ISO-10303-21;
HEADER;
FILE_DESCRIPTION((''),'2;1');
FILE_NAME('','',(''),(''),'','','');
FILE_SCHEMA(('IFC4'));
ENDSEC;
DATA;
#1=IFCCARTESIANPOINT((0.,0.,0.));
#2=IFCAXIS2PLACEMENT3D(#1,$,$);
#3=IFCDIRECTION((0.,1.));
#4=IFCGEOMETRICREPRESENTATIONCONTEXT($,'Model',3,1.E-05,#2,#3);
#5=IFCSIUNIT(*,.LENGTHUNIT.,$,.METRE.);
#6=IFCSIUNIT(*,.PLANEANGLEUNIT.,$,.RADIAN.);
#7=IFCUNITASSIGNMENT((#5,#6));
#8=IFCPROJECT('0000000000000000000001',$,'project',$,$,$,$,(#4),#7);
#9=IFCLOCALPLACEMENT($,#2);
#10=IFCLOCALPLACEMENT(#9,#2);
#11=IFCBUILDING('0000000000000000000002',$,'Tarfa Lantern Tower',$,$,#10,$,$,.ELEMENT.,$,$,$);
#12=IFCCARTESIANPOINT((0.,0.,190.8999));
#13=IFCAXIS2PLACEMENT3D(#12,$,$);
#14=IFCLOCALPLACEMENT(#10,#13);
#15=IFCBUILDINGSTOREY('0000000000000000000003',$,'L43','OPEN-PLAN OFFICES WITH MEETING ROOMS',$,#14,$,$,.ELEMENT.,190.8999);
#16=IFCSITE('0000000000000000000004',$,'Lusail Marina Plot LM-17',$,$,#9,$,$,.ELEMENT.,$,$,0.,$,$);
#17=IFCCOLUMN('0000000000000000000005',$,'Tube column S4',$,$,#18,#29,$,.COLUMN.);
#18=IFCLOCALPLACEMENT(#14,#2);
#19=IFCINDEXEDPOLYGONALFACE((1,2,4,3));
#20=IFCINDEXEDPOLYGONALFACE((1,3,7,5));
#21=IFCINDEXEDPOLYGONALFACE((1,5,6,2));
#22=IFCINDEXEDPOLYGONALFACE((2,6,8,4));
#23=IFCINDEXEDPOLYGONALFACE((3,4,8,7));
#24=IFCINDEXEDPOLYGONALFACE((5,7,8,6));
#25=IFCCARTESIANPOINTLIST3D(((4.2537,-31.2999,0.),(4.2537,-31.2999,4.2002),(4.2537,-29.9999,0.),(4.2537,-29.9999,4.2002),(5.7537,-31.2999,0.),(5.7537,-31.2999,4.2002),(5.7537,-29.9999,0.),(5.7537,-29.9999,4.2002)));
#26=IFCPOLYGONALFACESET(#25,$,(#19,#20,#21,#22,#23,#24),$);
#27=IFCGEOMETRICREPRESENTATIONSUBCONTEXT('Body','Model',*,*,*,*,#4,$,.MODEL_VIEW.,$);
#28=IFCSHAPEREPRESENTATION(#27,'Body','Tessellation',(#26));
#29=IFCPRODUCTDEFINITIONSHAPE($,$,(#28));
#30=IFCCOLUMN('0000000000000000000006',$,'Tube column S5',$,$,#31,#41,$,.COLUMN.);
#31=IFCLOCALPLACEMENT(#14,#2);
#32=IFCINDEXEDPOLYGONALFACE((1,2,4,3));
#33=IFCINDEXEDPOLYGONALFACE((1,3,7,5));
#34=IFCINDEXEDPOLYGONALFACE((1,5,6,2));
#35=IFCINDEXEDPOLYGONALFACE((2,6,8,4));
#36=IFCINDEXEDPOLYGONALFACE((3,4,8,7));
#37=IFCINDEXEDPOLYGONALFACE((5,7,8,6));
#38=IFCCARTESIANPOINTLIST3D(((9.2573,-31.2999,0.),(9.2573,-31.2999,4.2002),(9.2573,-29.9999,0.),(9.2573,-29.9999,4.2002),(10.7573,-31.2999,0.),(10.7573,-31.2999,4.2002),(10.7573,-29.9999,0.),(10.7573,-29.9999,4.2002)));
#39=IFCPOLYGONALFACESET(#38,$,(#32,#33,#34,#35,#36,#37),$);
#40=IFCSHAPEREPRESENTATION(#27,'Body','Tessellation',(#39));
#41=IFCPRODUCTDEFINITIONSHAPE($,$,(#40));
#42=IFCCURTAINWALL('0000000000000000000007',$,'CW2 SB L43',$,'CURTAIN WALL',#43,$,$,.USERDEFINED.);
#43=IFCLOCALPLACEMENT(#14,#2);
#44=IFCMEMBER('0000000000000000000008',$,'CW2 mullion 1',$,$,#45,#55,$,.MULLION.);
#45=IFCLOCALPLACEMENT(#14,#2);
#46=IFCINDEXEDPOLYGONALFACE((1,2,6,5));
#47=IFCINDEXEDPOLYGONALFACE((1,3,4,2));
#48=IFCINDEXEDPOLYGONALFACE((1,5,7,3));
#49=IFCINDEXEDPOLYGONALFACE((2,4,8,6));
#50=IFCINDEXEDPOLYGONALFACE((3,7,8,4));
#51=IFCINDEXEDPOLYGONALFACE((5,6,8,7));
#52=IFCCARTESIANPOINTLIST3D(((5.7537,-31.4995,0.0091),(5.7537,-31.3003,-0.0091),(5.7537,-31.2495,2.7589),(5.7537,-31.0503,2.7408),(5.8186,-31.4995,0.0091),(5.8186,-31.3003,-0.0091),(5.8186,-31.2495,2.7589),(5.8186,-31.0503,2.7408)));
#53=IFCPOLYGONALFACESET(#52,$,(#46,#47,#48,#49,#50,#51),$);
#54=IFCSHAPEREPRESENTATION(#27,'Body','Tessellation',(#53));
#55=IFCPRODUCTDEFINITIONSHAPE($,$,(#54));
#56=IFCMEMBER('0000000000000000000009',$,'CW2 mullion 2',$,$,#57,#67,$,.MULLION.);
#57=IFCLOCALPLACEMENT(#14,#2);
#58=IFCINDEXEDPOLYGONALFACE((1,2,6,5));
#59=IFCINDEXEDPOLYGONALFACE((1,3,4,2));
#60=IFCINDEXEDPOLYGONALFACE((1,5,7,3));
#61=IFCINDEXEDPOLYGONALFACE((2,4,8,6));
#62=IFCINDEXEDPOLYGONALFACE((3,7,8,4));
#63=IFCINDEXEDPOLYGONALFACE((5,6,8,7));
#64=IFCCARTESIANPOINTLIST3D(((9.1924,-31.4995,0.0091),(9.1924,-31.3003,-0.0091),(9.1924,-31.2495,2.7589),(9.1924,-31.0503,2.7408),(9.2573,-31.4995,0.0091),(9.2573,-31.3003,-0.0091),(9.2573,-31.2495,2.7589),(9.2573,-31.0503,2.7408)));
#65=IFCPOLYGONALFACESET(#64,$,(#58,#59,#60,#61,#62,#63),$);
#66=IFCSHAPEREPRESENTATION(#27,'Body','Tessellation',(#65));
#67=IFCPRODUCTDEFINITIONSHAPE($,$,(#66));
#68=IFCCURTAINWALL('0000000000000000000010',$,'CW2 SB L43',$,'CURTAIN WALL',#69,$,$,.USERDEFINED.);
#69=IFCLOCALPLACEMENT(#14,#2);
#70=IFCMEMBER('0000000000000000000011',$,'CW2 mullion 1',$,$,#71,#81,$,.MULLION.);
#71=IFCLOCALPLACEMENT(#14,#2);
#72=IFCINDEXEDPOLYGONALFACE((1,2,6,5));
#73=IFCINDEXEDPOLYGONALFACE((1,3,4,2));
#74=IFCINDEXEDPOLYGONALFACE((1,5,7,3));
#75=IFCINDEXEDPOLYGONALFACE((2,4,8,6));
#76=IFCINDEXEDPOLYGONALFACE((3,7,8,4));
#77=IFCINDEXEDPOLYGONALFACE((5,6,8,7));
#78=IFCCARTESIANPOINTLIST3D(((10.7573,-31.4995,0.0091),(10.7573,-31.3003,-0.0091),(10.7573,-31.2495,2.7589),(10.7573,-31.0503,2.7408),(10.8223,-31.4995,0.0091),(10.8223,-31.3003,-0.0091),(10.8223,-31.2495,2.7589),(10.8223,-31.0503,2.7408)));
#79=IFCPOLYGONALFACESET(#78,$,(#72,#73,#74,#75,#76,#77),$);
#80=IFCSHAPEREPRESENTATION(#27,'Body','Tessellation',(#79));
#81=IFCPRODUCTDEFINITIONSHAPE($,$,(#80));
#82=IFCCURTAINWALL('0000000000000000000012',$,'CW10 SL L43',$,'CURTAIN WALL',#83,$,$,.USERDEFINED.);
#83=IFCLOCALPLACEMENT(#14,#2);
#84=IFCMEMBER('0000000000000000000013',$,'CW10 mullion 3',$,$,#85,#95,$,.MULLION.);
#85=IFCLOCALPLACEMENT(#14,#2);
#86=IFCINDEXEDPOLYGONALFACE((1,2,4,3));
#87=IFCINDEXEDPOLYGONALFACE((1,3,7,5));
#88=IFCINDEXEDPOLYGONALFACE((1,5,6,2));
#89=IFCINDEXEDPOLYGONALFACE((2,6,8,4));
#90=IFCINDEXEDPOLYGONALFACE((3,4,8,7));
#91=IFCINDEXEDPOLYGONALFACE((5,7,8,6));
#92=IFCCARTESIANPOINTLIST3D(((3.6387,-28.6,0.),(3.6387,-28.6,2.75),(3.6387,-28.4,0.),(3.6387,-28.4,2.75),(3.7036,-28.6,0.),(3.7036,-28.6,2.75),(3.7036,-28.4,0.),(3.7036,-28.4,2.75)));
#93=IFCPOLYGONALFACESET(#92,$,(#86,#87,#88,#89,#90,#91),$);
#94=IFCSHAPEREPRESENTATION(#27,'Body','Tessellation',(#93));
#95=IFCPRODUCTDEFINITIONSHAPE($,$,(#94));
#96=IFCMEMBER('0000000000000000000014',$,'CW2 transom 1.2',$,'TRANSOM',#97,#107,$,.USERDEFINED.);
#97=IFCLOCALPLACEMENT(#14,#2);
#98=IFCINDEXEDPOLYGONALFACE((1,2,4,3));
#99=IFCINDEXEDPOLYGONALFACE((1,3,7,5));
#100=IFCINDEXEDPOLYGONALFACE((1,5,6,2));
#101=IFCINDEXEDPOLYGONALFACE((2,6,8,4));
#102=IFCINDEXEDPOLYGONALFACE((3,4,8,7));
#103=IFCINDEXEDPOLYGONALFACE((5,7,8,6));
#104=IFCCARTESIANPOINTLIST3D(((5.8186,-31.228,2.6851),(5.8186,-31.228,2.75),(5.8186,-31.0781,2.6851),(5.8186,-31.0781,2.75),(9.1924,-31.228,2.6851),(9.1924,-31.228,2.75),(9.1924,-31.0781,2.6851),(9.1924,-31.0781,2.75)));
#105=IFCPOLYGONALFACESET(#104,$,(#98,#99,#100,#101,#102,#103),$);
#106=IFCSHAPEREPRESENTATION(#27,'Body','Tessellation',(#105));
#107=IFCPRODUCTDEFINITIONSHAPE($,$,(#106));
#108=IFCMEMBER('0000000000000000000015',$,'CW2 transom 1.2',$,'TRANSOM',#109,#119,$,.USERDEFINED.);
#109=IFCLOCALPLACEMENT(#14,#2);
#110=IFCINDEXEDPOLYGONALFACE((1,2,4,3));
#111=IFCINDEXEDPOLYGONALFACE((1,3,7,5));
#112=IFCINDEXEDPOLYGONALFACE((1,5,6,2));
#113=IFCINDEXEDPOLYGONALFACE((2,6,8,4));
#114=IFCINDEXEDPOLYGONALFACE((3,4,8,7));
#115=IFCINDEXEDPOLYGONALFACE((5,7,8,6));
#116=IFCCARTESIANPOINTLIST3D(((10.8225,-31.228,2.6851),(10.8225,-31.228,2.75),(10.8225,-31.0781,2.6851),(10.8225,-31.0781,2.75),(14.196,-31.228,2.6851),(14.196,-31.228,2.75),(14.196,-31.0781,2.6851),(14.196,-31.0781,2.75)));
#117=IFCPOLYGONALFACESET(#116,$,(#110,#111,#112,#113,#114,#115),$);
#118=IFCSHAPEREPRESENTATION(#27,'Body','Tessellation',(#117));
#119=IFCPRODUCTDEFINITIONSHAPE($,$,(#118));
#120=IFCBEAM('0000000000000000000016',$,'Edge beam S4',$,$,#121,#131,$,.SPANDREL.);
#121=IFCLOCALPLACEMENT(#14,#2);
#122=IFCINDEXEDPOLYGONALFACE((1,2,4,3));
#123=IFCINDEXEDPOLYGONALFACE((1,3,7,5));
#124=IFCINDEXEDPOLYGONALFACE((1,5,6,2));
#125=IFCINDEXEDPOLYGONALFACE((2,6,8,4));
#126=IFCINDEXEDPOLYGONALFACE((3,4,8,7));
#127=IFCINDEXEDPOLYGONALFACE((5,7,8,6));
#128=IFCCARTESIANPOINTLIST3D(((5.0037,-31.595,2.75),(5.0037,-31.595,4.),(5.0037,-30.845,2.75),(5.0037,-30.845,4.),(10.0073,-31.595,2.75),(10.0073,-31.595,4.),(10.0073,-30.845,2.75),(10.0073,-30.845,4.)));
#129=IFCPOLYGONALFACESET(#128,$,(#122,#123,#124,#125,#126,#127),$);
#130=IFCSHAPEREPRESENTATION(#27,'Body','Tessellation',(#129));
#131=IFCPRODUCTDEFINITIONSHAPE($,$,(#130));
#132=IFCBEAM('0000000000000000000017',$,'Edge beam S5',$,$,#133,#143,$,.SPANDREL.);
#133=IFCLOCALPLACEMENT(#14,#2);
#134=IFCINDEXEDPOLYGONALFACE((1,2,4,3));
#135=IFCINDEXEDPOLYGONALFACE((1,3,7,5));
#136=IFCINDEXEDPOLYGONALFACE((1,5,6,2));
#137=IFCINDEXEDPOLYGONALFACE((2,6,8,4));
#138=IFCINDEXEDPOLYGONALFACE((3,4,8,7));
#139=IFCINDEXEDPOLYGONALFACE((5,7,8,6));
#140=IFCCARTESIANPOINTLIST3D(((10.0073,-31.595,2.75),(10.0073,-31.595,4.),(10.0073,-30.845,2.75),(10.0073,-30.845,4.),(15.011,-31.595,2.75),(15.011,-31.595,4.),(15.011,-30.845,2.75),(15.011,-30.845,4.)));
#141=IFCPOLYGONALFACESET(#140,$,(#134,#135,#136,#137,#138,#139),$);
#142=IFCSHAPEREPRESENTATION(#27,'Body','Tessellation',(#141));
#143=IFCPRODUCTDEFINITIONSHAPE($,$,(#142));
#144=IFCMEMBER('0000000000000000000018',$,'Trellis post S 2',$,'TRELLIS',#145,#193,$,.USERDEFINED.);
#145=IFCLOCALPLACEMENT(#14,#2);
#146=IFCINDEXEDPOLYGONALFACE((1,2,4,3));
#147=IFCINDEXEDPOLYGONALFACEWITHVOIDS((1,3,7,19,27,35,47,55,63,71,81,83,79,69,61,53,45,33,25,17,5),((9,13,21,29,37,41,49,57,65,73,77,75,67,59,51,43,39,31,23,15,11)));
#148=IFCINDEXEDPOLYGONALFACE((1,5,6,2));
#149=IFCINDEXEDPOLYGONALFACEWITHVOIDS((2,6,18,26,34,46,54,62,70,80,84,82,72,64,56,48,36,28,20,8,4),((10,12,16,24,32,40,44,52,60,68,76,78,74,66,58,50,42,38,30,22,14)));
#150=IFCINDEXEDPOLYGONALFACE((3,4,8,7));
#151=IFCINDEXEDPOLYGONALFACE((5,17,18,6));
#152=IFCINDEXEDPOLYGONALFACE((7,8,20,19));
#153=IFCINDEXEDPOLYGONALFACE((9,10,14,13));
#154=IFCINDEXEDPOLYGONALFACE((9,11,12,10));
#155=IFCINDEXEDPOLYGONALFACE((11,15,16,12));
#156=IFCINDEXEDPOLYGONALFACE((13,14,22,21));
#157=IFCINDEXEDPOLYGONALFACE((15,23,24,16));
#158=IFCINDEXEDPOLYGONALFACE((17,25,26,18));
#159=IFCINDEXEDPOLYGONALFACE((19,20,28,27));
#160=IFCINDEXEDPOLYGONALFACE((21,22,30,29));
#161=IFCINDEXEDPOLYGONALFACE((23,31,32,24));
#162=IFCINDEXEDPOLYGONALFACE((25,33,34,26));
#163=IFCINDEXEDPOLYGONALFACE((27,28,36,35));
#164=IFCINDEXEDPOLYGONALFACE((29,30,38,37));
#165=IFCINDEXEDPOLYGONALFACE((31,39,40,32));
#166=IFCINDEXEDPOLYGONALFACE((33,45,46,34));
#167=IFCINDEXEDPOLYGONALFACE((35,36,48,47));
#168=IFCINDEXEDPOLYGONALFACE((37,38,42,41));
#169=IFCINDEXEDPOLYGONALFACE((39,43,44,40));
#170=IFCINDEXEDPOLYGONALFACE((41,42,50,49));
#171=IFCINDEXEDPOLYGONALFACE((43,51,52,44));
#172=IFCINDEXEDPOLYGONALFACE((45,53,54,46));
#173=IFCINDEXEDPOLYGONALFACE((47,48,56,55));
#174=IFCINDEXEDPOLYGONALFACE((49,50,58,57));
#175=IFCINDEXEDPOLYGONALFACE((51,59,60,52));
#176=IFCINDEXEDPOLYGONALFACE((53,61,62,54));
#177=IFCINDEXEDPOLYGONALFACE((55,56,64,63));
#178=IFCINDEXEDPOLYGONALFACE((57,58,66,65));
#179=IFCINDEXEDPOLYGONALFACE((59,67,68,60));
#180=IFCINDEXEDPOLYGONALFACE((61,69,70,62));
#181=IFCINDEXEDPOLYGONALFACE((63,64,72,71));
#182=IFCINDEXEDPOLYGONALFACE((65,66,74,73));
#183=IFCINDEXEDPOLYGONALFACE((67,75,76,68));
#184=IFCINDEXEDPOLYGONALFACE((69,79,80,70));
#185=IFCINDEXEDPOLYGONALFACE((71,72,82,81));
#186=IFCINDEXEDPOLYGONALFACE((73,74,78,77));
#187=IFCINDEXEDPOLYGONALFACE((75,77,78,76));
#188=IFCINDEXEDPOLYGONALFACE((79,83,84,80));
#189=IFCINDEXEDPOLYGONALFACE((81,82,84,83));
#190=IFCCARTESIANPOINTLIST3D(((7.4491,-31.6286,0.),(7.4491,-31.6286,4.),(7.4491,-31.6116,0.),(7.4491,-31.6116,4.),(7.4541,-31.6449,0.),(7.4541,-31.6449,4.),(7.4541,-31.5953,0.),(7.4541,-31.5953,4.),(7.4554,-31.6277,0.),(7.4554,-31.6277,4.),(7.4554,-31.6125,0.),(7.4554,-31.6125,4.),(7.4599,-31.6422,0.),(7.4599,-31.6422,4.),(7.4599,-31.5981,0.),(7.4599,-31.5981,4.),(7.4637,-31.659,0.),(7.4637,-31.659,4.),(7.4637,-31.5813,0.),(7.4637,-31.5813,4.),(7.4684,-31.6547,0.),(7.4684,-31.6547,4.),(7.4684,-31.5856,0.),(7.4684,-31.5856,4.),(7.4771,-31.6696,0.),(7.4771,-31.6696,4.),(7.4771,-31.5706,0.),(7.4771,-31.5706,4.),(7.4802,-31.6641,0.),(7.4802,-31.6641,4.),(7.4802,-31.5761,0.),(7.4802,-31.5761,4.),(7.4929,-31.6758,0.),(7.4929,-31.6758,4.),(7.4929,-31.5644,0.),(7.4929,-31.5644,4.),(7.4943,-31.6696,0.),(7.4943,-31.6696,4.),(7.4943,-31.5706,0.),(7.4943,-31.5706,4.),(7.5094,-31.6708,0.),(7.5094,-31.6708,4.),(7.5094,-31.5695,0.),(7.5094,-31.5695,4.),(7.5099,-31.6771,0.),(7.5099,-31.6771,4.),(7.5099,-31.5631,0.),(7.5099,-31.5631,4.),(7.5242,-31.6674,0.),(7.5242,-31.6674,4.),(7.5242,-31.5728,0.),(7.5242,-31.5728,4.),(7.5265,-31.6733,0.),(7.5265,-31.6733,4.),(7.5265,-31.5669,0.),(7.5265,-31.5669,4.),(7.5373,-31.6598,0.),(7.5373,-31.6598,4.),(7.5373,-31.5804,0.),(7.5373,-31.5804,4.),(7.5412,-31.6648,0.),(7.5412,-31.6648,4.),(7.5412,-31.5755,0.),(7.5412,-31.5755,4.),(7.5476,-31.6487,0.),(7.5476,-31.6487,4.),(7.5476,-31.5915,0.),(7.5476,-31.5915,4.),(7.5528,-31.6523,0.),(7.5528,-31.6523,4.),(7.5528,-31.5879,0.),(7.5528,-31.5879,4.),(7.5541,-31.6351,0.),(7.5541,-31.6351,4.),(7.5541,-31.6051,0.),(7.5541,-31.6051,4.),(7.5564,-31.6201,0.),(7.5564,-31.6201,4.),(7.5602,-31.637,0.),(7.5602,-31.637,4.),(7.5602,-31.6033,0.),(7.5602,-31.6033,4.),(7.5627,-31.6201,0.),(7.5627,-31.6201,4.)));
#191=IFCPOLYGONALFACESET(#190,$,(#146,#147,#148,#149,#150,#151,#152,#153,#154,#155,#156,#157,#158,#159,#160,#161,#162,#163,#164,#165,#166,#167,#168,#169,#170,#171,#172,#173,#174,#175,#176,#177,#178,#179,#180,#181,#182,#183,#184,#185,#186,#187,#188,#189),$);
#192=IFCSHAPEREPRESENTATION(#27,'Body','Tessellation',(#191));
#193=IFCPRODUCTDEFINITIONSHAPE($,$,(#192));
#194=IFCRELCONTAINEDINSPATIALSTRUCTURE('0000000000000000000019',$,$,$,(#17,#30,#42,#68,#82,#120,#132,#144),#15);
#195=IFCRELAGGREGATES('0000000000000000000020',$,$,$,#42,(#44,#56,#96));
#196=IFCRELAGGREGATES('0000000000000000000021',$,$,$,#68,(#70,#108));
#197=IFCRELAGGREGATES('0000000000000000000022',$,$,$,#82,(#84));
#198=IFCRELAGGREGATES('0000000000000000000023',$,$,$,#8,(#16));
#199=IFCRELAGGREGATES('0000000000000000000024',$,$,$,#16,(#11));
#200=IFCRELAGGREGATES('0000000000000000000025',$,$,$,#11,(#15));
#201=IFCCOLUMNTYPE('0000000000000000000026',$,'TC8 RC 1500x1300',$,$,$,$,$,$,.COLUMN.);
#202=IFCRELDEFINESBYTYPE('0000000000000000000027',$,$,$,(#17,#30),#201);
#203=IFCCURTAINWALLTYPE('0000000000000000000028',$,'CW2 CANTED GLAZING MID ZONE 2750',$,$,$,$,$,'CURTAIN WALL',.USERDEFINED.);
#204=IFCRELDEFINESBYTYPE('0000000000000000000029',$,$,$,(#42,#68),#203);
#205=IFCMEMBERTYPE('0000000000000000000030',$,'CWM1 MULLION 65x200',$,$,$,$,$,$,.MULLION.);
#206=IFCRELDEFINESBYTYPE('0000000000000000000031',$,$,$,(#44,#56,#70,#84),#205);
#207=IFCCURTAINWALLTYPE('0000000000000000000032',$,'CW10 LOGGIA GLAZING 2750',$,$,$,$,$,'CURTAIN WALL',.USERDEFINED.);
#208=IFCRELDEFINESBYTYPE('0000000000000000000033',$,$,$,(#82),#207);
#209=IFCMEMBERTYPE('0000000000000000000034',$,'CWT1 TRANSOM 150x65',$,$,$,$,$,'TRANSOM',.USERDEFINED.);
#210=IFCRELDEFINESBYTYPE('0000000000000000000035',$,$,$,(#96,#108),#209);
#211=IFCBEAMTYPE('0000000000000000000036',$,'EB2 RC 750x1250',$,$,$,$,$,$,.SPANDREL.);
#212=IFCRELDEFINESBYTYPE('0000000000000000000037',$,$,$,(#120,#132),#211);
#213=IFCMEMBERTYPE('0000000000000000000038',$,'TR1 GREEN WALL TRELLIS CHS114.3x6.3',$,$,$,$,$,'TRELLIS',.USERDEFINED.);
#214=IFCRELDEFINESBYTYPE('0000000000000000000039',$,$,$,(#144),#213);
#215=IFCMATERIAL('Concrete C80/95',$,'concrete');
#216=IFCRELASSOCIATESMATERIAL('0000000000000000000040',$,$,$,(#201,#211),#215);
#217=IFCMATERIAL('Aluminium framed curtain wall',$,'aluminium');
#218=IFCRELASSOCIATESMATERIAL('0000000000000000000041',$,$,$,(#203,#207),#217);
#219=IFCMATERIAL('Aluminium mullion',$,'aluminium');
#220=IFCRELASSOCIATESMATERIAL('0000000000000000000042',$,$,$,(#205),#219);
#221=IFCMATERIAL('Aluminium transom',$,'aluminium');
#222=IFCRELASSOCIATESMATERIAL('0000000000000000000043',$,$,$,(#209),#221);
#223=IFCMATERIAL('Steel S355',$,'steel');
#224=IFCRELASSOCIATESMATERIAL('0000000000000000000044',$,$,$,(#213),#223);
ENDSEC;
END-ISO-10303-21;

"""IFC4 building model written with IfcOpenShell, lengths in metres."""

from ifc_helpers import new_model, si_unit, direction, frame, origin, origin_2d, place, context, subcontext, project, spatial, rectangle, hollow_circle, extrude, material, material_profile, profile_set, type_object, element, aggregate, save


model = new_model("IFC4")

# Units and contexts
model_context = context("Model", 3, precision=1e-05, world=origin(), true_north=direction((0.0, 1.0)))
body_context = subcontext(model_context, "Body", "Model", "MODEL_VIEW")
ifc_project = project(units=[si_unit("LENGTHUNIT", "METRE"), si_unit("PLANEANGLEUNIT", "RADIAN")], contexts=[model_context])

# Site, building, storey
site_placement = place(None, origin())
site = spatial("IfcSite", under=ifc_project, at=site_placement, Name="Lusail Marina Plot LM-17", CompositionType="ELEMENT", RefElevation=0.0)
building_placement = place(site_placement, origin())
building = spatial("IfcBuilding", under=site, at=building_placement, Name="Tarfa Lantern Tower", CompositionType="ELEMENT")
storey_placement = place(building_placement, frame((0.0, 0.0, 190.8999)))
storey = spatial("IfcBuildingStorey", under=building, at=storey_placement, Name="L43", Description="OPEN-PLAN OFFICES WITH MEETING ROOMS", CompositionType="ELEMENT", Elevation=190.8999)

# Columns
ifc_material_1 = material(Name="Concrete C80/95", Category="concrete")
ifc_material_profile_1 = material_profile(ifc_material_1, rectangle(XDim=1.5, YDim=1.3, at=origin_2d()), Name="RC 1500x1300")
ifc_profile_set_1 = profile_set([ifc_material_profile_1], Name="Concrete C80/95")
column_type = type_object("IfcColumnType", Name="TC8 RC 1500x1300", PredefinedType="COLUMN", material=ifc_profile_set_1)
for number, where, z_axis, x_axis, name in (
    (1, (5.0037, -30.6499, 0.0), (0.0, 0.0, 1.0), (1.0, 0.0, 0.0), "Tube column S4"),
    (2, (10.0073, -30.6499, 0.0), (0.0, 0.0, 1.0), (1.0, 0.0, 0.0), "Tube column S5"),
):
    element("IfcColumn", number, at=place(storey_placement, frame(where, z_axis=z_axis, x_axis=x_axis)), inside=storey, type_object=column_type, Name=name, PredefinedType="COLUMN", context=body_context, shape_type="SweptSolid", body=[
        extrude(rectangle(XDim=1.5, YDim=1.3, at=origin_2d()), origin(), (0.0, 0.0, 1.0), 4.2002),
    ])

# Curtain wall, members
ifc_material_2 = material(Name="Aluminium framed curtain wall", Category="aluminium")
curtain_wall_type_1 = type_object("IfcCurtainWallType", Name="CW2 CANTED GLAZING MID ZONE 2750", ElementType="CURTAIN WALL", PredefinedType="USERDEFINED", material=ifc_material_2)
curtain_wall_1_placement = place(storey_placement, origin())
curtain_wall_1 = element("IfcCurtainWall", 3, at=curtain_wall_1_placement, inside=storey, type_object=curtain_wall_type_1, Name="CW2 SB L43", ObjectType="CURTAIN WALL", PredefinedType="USERDEFINED")
ifc_material_3 = material(Name="Aluminium mullion", Category="aluminium")
ifc_material_profile_2 = material_profile(ifc_material_3, rectangle(XDim=0.0649, YDim=0.2, at=origin_2d()), Name="AL MULLION 65x200")
ifc_profile_set_2 = profile_set([ifc_material_profile_2], Name="Aluminium mullion")
member_type_1 = type_object("IfcMemberType", Name="CWM1 MULLION 65x200", PredefinedType="MULLION", material=ifc_profile_set_2)
member_1_placement = place(storey_placement, frame((5.7861, -31.3999, 0.0), z_axis=(0.0, 0.090536, 0.995893), x_axis=(-1.0, 0.0, 0.0)))
member_1 = element("IfcMember", 4, at=member_1_placement, type_object=member_type_1, Name="CW2 mullion 1", PredefinedType="MULLION", context=body_context, shape_type="SweptSolid", body=[
    extrude(rectangle(XDim=0.0649, YDim=0.2, at=origin_2d()), origin(), (0.0, 0.0, 1.0), 2.7612),
])
member_2_placement = place(storey_placement, frame((9.2249, -31.3999, 0.0), z_axis=(0.0, 0.090536, 0.995893), x_axis=(-1.0, 0.0, 0.0)))
member_2 = element("IfcMember", 5, at=member_2_placement, type_object=member_type_1, Name="CW2 mullion 2", PredefinedType="MULLION", context=body_context, shape_type="SweptSolid", body=[
    extrude(rectangle(XDim=0.0649, YDim=0.2, at=origin_2d()), origin(), (0.0, 0.0, 1.0), 2.7612),
])

# Curtain walls, members
curtain_wall_2_placement = place(storey_placement, origin())
curtain_wall_2 = element("IfcCurtainWall", 6, at=curtain_wall_2_placement, inside=storey, type_object=curtain_wall_type_1, Name="CW2 SB L43", ObjectType="CURTAIN WALL", PredefinedType="USERDEFINED")
member_3_placement = place(storey_placement, frame((10.7898, -31.3999, 0.0), z_axis=(0.0, 0.090536, 0.995893), x_axis=(-1.0, 0.0, 0.0)))
member_3 = element("IfcMember", 7, at=member_3_placement, type_object=member_type_1, Name="CW2 mullion 1", PredefinedType="MULLION", context=body_context, shape_type="SweptSolid", body=[
    extrude(rectangle(XDim=0.0649, YDim=0.2, at=origin_2d()), origin(), (0.0, 0.0, 1.0), 2.7612),
])
curtain_wall_type_2 = type_object("IfcCurtainWallType", Name="CW10 LOGGIA GLAZING 2750", ElementType="CURTAIN WALL", PredefinedType="USERDEFINED", material=ifc_material_2)
curtain_wall_3_placement = place(storey_placement, origin())
curtain_wall_3 = element("IfcCurtainWall", 8, at=curtain_wall_3_placement, inside=storey, type_object=curtain_wall_type_2, Name="CW10 SL L43", ObjectType="CURTAIN WALL", PredefinedType="USERDEFINED")
member_4_placement = place(storey_placement, frame((3.6711, -28.5, 0.0), z_axis=(0.0, 0.0, 1.0), x_axis=(1.0, 0.0, 0.0)))
member_4 = element("IfcMember", 9, at=member_4_placement, type_object=member_type_1, Name="CW10 mullion 3", PredefinedType="MULLION", context=body_context, shape_type="SweptSolid", body=[
    extrude(rectangle(XDim=0.0649, YDim=0.2, at=origin_2d()), origin(), (0.0, 0.0, 1.0), 2.75),
])

# Members
ifc_material_4 = material(Name="Aluminium transom", Category="aluminium")
ifc_material_profile_3 = material_profile(ifc_material_4, rectangle(XDim=0.1499, YDim=0.0649, at=origin_2d()), Name="AL TRANSOM 150x65")
ifc_profile_set_3 = profile_set([ifc_material_profile_3], Name="Aluminium transom")
member_type_2 = type_object("IfcMemberType", Name="CWT1 TRANSOM 150x65", ElementType="TRANSOM", PredefinedType="USERDEFINED", material=ifc_profile_set_3)
member_5_placement = place(storey_placement, frame((5.8186, -31.1531, 2.7175), z_axis=(1.0, 0.0, 0.0), x_axis=(0.0, 1.0, 0.0)))
member_5 = element("IfcMember", 10, at=member_5_placement, type_object=member_type_2, Name="CW2 transom 1.2", ObjectType="TRANSOM", PredefinedType="USERDEFINED", context=body_context, shape_type="SweptSolid", body=[
    extrude(rectangle(XDim=0.1499, YDim=0.0649, at=origin_2d()), origin(), (0.0, 0.0, 1.0), 3.3738),
])
member_6_placement = place(storey_placement, frame((10.8225, -31.1531, 2.7175), z_axis=(1.0, 0.0, 0.0), x_axis=(0.0, 1.0, 0.0)))
member_6 = element("IfcMember", 11, at=member_6_placement, type_object=member_type_2, Name="CW2 transom 1.2", ObjectType="TRANSOM", PredefinedType="USERDEFINED", context=body_context, shape_type="SweptSolid", body=[
    extrude(rectangle(XDim=0.1499, YDim=0.0649, at=origin_2d()), origin(), (0.0, 0.0, 1.0), 3.3735),
])

# Beams
ifc_material_profile_4 = material_profile(ifc_material_1, rectangle(XDim=0.75, YDim=1.25, at=origin_2d()), Name="RC 750x1250")
ifc_profile_set_4 = profile_set([ifc_material_profile_4], Name="Concrete C80/95")
beam_type_1 = type_object("IfcBeamType", Name="EB2 RC 750x1250", PredefinedType="SPANDREL", material=ifc_profile_set_4)
for number, where, z_axis, x_axis, name in (
    (12, (5.0037, -31.22, 3.375), (1.0, 0.0, 0.0), (0.0, 1.0, 0.0), "Edge beam S4"),
    (13, (10.0073, -31.22, 3.375), (1.0, 0.0, 0.0), (0.0, 1.0, 0.0), "Edge beam S5"),
):
    element("IfcBeam", number, at=place(storey_placement, frame(where, z_axis=z_axis, x_axis=x_axis)), inside=storey, type_object=beam_type_1, Name=name, PredefinedType="SPANDREL", context=body_context, shape_type="SweptSolid", body=[
        extrude(rectangle(XDim=0.75, YDim=1.25, at=origin_2d()), origin(), (0.0, 0.0, 1.0), 5.0037),
    ])

# Member
ifc_material_5 = material(Name="Steel S355", Category="steel")
ifc_material_profile_5 = material_profile(ifc_material_5, hollow_circle(Radius=0.0571, WallThickness=0.0063, at=origin_2d()), Name="CHS114.3x6.3")
ifc_profile_set_5 = profile_set([ifc_material_profile_5], Name="Steel S355")
member_type_3 = type_object("IfcMemberType", Name="TR1 GREEN WALL TRELLIS CHS114.3x6.3", ElementType="TRELLIS", PredefinedType="USERDEFINED", material=ifc_profile_set_5)
member_7_placement = place(storey_placement, frame((7.5056, -31.6201, 0.0), z_axis=(0.0, 0.0, 1.0), x_axis=(1.0, 0.0, 0.0)))
element("IfcMember", 14, at=member_7_placement, inside=storey, type_object=member_type_3, Name="Trellis post S 2", ObjectType="TRELLIS", PredefinedType="USERDEFINED", context=body_context, shape_type="SweptSolid", body=[
    extrude(hollow_circle(Radius=0.0571, WallThickness=0.0063, at=origin_2d()), origin(), (0.0, 0.0, 1.0), 4.0),
])

aggregate(curtain_wall_1, [member_1, member_2, member_5])
aggregate(curtain_wall_2, [member_3, member_6])
aggregate(curtain_wall_3, [member_4])

save(model, "model.ifc")
